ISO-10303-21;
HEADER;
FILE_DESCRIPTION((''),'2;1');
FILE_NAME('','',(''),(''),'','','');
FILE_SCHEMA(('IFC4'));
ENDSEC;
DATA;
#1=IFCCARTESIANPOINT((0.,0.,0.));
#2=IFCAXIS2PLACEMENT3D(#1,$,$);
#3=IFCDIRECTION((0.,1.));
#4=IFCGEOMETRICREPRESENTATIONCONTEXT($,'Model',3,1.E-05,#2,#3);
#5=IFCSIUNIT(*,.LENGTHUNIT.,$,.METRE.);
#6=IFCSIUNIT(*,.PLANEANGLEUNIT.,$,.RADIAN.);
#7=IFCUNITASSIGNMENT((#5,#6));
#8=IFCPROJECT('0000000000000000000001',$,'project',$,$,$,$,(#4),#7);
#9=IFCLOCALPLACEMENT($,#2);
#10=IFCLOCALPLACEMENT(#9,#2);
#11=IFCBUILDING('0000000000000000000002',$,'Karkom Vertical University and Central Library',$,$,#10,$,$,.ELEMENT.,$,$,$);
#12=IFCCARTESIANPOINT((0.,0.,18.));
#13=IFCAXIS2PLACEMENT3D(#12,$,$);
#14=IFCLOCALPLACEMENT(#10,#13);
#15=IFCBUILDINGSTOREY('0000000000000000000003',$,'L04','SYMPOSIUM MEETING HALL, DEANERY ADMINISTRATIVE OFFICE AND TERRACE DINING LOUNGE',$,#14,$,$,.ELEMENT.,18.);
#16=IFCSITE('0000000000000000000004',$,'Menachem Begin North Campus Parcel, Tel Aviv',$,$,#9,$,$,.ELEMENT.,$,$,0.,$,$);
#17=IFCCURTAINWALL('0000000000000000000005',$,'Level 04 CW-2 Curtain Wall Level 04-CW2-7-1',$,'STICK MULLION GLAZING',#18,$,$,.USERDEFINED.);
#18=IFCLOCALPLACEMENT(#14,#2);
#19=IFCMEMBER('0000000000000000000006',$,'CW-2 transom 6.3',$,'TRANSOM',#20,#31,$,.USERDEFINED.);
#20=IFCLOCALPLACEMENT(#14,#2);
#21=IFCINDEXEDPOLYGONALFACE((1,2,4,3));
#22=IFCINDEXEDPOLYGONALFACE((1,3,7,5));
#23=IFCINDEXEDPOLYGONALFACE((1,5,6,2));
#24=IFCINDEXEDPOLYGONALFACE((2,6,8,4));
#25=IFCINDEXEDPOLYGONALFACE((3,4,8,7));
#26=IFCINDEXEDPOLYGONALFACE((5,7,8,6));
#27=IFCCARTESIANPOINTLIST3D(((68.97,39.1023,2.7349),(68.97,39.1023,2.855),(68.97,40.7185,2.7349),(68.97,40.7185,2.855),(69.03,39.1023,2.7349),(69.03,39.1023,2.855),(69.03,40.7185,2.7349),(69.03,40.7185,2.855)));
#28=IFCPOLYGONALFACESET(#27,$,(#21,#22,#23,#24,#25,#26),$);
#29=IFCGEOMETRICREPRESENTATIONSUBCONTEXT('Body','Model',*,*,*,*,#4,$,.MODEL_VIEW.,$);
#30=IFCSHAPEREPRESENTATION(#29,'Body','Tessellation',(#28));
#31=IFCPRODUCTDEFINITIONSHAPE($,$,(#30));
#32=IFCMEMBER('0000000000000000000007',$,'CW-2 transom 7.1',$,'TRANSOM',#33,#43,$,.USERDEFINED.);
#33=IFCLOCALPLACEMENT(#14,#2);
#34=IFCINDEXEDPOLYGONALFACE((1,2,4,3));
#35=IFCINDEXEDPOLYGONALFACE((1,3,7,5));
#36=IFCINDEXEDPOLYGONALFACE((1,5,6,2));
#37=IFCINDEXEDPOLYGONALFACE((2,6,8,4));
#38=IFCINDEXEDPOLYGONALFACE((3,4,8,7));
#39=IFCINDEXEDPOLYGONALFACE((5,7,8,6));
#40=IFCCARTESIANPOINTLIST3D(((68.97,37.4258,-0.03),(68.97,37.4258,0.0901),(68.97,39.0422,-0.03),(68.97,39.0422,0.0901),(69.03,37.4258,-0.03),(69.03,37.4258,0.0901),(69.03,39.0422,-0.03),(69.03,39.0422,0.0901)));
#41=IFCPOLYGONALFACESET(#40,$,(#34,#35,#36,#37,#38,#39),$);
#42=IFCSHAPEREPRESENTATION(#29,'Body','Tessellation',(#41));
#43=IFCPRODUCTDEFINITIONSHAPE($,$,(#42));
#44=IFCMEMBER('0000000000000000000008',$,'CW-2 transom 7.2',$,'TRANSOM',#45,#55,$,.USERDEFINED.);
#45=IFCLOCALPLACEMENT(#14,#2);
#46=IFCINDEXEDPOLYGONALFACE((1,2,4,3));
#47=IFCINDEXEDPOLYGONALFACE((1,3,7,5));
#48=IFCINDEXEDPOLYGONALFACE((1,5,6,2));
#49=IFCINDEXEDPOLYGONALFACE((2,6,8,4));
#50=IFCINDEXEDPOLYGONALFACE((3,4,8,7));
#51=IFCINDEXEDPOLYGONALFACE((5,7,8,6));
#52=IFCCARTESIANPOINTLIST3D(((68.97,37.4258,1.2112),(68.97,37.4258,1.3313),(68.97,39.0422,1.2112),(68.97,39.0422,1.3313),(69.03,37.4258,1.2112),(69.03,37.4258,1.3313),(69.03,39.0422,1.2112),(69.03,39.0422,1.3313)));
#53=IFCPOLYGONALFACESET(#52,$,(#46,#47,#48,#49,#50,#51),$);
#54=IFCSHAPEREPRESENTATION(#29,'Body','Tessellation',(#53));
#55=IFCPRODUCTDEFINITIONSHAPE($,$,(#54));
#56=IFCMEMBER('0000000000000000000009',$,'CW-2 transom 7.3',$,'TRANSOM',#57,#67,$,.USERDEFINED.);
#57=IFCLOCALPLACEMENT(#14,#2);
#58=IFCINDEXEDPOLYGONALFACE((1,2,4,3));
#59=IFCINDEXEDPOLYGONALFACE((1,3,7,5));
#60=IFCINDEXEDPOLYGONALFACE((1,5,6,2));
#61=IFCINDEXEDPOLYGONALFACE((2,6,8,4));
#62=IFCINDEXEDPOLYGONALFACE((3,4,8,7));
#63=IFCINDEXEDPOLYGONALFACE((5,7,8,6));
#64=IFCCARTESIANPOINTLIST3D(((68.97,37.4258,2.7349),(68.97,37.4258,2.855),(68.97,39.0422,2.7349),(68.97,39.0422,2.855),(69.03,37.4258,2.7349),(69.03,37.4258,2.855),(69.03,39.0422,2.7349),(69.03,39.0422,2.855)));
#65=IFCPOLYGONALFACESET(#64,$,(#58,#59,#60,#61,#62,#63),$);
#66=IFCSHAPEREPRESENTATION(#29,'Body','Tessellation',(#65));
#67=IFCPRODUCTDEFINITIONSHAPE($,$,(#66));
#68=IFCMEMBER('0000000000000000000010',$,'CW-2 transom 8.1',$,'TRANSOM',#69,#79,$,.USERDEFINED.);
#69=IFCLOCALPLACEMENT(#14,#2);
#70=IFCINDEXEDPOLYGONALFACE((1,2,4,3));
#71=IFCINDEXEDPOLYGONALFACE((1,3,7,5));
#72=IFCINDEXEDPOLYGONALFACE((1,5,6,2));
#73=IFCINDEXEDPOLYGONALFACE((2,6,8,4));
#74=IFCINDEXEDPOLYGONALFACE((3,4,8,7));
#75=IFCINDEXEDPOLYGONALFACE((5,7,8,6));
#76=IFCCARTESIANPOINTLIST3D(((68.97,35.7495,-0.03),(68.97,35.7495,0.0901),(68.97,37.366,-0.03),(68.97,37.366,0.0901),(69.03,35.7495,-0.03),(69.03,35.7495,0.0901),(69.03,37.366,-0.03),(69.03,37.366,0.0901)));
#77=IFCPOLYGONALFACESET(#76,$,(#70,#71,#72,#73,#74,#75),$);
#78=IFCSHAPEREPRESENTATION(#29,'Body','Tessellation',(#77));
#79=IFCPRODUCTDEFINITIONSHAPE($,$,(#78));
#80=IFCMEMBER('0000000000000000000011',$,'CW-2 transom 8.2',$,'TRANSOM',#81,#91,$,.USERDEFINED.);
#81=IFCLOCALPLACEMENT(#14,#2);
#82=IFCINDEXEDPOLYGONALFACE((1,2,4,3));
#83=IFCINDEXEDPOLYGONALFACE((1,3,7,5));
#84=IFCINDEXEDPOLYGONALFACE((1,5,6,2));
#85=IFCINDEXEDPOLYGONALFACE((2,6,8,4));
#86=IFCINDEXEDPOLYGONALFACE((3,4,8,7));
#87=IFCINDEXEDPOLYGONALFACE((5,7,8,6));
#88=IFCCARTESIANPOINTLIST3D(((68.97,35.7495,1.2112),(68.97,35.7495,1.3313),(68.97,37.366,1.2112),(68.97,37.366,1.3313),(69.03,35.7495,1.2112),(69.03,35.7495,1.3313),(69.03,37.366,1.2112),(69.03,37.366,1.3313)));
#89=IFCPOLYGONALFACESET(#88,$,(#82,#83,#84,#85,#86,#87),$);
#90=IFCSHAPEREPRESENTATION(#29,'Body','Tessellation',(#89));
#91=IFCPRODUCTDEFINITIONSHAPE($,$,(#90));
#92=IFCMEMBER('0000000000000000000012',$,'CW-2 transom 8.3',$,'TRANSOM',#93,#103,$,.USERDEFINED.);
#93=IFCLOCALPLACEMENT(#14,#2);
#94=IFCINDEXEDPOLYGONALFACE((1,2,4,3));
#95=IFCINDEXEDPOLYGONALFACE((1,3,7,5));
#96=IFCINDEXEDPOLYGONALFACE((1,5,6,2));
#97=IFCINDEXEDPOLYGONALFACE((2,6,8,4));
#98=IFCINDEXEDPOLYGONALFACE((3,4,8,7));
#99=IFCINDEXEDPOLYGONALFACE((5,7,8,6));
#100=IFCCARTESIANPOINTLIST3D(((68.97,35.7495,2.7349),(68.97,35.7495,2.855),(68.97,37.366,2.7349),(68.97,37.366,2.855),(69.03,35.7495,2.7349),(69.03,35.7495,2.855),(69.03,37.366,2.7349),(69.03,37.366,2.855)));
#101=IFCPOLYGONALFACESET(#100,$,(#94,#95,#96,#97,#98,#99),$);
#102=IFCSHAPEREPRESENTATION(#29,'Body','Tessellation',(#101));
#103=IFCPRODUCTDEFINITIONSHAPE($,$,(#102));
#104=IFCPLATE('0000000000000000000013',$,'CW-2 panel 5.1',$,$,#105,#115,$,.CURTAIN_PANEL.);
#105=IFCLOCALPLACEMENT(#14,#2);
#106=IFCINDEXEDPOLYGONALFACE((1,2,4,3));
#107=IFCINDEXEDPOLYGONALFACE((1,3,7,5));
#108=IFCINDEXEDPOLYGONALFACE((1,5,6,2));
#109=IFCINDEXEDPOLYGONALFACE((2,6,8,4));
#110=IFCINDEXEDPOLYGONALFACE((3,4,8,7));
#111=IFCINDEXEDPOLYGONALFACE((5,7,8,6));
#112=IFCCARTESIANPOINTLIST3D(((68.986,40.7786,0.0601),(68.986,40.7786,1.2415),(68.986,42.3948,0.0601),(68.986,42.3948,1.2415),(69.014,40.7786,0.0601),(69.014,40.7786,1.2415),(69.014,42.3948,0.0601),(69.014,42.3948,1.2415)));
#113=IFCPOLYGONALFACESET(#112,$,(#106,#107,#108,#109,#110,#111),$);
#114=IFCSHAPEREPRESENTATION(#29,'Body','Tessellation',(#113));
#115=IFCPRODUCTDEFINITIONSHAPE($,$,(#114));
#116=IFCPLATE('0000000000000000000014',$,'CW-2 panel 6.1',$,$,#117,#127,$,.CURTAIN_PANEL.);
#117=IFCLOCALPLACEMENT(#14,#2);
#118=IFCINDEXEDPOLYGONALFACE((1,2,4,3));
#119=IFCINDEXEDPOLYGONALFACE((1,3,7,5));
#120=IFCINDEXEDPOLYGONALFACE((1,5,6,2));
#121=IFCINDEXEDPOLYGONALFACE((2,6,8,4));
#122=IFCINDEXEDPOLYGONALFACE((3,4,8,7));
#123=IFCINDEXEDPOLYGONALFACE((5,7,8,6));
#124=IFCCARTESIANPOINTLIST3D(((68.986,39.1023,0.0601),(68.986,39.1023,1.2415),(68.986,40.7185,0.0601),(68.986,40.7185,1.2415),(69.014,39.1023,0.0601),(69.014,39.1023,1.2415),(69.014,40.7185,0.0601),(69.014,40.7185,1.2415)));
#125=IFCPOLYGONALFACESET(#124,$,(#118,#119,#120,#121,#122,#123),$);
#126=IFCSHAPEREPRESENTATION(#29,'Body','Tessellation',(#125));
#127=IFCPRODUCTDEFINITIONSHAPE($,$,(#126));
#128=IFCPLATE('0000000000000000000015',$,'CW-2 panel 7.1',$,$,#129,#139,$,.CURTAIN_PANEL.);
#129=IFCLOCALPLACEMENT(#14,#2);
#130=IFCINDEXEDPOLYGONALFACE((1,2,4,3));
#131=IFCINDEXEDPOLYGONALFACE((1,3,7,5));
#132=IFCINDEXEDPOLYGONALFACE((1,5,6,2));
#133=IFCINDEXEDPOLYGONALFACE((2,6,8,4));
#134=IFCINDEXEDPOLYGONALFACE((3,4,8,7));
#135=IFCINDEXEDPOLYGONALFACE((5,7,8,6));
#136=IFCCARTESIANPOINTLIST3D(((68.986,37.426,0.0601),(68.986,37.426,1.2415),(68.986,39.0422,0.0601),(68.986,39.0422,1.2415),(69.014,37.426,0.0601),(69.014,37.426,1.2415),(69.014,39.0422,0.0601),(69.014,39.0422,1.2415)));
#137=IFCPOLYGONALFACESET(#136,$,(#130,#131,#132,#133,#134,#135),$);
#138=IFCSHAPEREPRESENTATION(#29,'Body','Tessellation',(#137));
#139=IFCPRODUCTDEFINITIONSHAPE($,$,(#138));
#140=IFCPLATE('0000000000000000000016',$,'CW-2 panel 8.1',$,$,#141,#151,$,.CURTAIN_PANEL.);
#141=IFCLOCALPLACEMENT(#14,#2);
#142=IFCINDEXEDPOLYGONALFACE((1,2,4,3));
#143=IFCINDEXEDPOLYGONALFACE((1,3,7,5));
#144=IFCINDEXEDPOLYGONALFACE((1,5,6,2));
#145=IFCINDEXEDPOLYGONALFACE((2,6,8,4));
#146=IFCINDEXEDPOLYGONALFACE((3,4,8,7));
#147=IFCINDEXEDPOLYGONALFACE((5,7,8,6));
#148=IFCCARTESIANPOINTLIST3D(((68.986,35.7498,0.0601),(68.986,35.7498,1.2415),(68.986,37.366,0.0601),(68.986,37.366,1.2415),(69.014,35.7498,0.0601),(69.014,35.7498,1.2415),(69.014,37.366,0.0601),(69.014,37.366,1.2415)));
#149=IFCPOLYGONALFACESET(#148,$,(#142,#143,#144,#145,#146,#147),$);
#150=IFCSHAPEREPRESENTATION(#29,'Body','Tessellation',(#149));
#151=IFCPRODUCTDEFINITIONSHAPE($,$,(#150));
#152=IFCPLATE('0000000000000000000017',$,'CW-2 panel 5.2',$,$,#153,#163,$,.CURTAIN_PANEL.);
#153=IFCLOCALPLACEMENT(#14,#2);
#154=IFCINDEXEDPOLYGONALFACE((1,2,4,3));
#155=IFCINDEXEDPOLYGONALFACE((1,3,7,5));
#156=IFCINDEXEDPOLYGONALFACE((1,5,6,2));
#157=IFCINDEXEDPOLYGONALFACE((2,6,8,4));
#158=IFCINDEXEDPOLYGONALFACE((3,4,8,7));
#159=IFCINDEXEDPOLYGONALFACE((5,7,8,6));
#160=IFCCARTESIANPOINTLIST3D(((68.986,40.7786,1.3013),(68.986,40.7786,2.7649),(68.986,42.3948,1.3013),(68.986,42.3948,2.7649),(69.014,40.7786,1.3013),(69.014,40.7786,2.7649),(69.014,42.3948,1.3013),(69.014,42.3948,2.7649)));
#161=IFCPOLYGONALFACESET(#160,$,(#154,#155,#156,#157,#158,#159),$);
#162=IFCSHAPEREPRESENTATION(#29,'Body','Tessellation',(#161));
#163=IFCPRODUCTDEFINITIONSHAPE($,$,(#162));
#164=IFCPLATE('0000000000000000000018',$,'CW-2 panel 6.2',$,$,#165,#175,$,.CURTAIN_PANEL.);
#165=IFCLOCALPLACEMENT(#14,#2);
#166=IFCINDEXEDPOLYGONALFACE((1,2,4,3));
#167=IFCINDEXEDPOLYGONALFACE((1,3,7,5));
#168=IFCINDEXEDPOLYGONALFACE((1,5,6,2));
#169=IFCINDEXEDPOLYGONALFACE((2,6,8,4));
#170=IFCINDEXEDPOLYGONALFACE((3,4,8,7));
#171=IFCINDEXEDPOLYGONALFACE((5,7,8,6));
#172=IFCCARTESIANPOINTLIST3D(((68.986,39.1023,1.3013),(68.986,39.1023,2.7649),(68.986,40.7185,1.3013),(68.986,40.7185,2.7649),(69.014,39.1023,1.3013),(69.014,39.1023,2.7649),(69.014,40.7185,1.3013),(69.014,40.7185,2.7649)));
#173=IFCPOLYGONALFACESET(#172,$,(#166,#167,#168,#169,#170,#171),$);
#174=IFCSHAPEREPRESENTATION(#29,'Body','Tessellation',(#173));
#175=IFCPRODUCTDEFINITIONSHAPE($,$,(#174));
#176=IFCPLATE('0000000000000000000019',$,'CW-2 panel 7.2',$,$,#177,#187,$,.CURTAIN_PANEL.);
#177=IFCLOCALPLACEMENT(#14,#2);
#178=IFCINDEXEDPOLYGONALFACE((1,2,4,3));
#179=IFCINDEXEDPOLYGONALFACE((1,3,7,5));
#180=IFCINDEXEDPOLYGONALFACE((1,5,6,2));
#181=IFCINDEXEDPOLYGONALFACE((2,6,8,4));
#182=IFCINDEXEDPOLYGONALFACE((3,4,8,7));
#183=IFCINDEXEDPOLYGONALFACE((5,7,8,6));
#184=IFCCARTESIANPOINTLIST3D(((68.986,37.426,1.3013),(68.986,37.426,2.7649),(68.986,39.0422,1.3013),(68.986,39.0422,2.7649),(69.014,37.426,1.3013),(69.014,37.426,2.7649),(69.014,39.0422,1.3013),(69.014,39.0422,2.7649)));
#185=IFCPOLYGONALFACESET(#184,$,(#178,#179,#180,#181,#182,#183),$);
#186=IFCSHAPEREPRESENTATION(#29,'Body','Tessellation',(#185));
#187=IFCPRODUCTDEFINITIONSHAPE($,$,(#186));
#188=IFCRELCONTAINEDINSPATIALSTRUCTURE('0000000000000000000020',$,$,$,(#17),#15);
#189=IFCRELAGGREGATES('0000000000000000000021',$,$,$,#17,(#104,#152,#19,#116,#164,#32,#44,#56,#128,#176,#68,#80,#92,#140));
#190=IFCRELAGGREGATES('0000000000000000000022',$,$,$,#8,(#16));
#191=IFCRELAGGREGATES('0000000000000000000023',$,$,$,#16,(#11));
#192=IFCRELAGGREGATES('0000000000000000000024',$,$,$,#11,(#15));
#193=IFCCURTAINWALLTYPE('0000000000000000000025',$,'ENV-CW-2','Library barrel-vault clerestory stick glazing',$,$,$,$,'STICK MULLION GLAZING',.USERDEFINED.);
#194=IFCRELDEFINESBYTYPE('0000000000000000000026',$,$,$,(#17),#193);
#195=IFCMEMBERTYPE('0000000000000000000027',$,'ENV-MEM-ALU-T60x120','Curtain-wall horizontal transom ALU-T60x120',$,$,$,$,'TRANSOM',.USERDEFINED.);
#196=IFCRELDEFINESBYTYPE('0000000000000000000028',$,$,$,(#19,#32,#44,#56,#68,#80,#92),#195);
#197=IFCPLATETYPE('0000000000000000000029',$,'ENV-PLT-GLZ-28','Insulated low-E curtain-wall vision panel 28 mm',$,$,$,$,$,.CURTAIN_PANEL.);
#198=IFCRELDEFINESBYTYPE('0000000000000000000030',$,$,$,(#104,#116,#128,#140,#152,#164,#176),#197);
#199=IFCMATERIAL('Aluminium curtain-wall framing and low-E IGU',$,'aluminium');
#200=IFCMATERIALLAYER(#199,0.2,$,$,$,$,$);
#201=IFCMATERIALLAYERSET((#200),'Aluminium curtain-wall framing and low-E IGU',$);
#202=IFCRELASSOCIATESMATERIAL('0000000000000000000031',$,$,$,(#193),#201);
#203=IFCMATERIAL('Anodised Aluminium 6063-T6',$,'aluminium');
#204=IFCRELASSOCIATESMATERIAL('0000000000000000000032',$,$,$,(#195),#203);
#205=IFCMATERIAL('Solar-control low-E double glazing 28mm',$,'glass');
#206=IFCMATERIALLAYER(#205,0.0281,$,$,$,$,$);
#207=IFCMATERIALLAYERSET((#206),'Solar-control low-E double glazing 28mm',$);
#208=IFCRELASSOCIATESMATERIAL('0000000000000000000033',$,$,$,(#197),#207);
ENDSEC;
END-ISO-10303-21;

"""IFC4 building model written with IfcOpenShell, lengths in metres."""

from ifc_helpers import new_model, si_unit, direction, frame, origin, origin_with_axes, origin_2d, place, context, subcontext, project, spatial, rectangle, extrude, source, transform, mapped, material, layer, layer_set, material_profile, profile_set, type_object, element, aggregate, save


model = new_model("IFC4")

# Units and contexts
model_context = context("Model", 3, precision=1e-05, world=origin(), true_north=direction((0.0, 1.0)))
body_context = subcontext(model_context, "Body", "Model", "MODEL_VIEW")
ifc_project = project(units=[si_unit("LENGTHUNIT", "METRE"), si_unit("PLANEANGLEUNIT", "RADIAN")], contexts=[model_context])

# Site, building, storey
site_placement = place(None, origin())
site = spatial("IfcSite", under=ifc_project, at=site_placement, Name="Menachem Begin North Campus Parcel, Tel Aviv", CompositionType="ELEMENT", RefElevation=0.0)
building_placement = place(site_placement, origin())
building = spatial("IfcBuilding", under=site, at=building_placement, Name="Karkom Vertical University and Central Library", CompositionType="ELEMENT")
storey_placement = place(building_placement, frame((0.0, 0.0, 18.0)))
storey = spatial("IfcBuildingStorey", under=building, at=storey_placement, Name="L04", Description="SYMPOSIUM MEETING HALL, DEANERY ADMINISTRATIVE OFFICE AND TERRACE DINING LOUNGE", CompositionType="ELEMENT", Elevation=18.0)

# Curtain wall, members, plates
ifc_material_1 = material(Name="Aluminium curtain-wall framing and low-E IGU", Category="aluminium")
ifc_layer_1 = layer(ifc_material_1, 0.2)
ifc_layer_set_1 = layer_set([ifc_layer_1], Name="Aluminium curtain-wall framing and low-E IGU")
curtain_wall_type = type_object("IfcCurtainWallType", Name="ENV-CW-2", Description="Library barrel-vault clerestory stick glazing", ElementType="STICK MULLION GLAZING", PredefinedType="USERDEFINED", material=ifc_layer_set_1)
curtain_wall_placement = place(storey_placement, origin())
curtain_wall = element("IfcCurtainWall", 1, at=curtain_wall_placement, inside=storey, type_object=curtain_wall_type, Name="Level 04 CW-2 Curtain Wall Level 04-CW2-7-1", ObjectType="STICK MULLION GLAZING", PredefinedType="USERDEFINED")
ifc_material_2 = material(Name="Anodised Aluminium 6063-T6", Category="aluminium")
ifc_material_profile_1 = material_profile(ifc_material_2, rectangle(XDim=0.0601, YDim=0.1201, at=origin_2d()), Name="ALU-T60x120")
ifc_profile_set_1 = profile_set([ifc_material_profile_1], Name="Anodised Aluminium 6063-T6")
member_type = type_object("IfcMemberType", Name="ENV-MEM-ALU-T60x120", Description="Curtain-wall horizontal transom ALU-T60x120", ElementType="TRANSOM", PredefinedType="USERDEFINED", material=ifc_profile_set_1)
shared_shape_1 = source(origin_with_axes(), body_context, "Body", "SweptSolid", [
    extrude(rectangle(XDim=0.0601, YDim=0.1201, at=origin_2d()), origin(), (0.0, 0.0, 1.0), 1.6162),
])
member_1_placement = place(storey_placement, frame((69.0, 40.7185, 2.7949), z_axis=(0.0, -1.0, 0.0), x_axis=(1.0, 0.0, 0.0)))
member_1 = element("IfcMember", 2, at=member_1_placement, type_object=member_type, Name="CW-2 transom 6.3", ObjectType="TRANSOM", PredefinedType="USERDEFINED", context=body_context, shape_type="MappedRepresentation", body=[
    mapped(shared_shape_1, transform((0.0, 0.0, 0.0), scale=1.0)),
])
shared_shape_2 = source(origin_with_axes(), body_context, "Body", "SweptSolid", [
    extrude(rectangle(XDim=0.0601, YDim=0.1201, at=origin_2d()), origin(), (0.0, 0.0, 1.0), 1.6165),
])
member_2_placement = place(storey_placement, frame((69.0, 39.0422, 0.03), z_axis=(0.0, -1.0, 0.0), x_axis=(1.0, 0.0, 0.0)))
member_2 = element("IfcMember", 3, at=member_2_placement, type_object=member_type, Name="CW-2 transom 7.1", ObjectType="TRANSOM", PredefinedType="USERDEFINED", context=body_context, shape_type="MappedRepresentation", body=[
    mapped(shared_shape_2, transform((0.0, 0.0, 0.0), scale=1.0)),
])
member_3_placement = place(storey_placement, frame((69.0, 39.0422, 1.2712), z_axis=(0.0, -1.0, 0.0), x_axis=(1.0, 0.0, 0.0)))
member_3 = element("IfcMember", 4, at=member_3_placement, type_object=member_type, Name="CW-2 transom 7.2", ObjectType="TRANSOM", PredefinedType="USERDEFINED", context=body_context, shape_type="MappedRepresentation", body=[
    mapped(shared_shape_2, transform((0.0, 0.0, 0.0), scale=1.0)),
])
member_4_placement = place(storey_placement, frame((69.0, 39.0422, 2.7949), z_axis=(0.0, -1.0, 0.0), x_axis=(1.0, 0.0, 0.0)))
member_4 = element("IfcMember", 5, at=member_4_placement, type_object=member_type, Name="CW-2 transom 7.3", ObjectType="TRANSOM", PredefinedType="USERDEFINED", context=body_context, shape_type="MappedRepresentation", body=[
    mapped(shared_shape_2, transform((0.0, 0.0, 0.0), scale=1.0)),
])
member_5_placement = place(storey_placement, frame((69.0, 37.366, 0.03), z_axis=(0.0, -1.0, 0.0), x_axis=(1.0, 0.0, 0.0)))
member_5 = element("IfcMember", 6, at=member_5_placement, type_object=member_type, Name="CW-2 transom 8.1", ObjectType="TRANSOM", PredefinedType="USERDEFINED", context=body_context, shape_type="MappedRepresentation", body=[
    mapped(shared_shape_2, transform((0.0, 0.0, 0.0), scale=1.0)),
])
member_6_placement = place(storey_placement, frame((69.0, 37.366, 1.2712), z_axis=(0.0, -1.0, 0.0), x_axis=(1.0, 0.0, 0.0)))
member_6 = element("IfcMember", 7, at=member_6_placement, type_object=member_type, Name="CW-2 transom 8.2", ObjectType="TRANSOM", PredefinedType="USERDEFINED", context=body_context, shape_type="MappedRepresentation", body=[
    mapped(shared_shape_2, transform((0.0, 0.0, 0.0), scale=1.0)),
])
member_7_placement = place(storey_placement, frame((69.0, 37.366, 2.7949), z_axis=(0.0, -1.0, 0.0), x_axis=(1.0, 0.0, 0.0)))
member_7 = element("IfcMember", 8, at=member_7_placement, type_object=member_type, Name="CW-2 transom 8.3", ObjectType="TRANSOM", PredefinedType="USERDEFINED", context=body_context, shape_type="MappedRepresentation", body=[
    mapped(shared_shape_2, transform((0.0, 0.0, 0.0), scale=1.0)),
])
ifc_material_3 = material(Name="Solar-control low-E double glazing 28mm", Category="glass")
ifc_layer_2 = layer(ifc_material_3, 0.0281)
ifc_layer_set_2 = layer_set([ifc_layer_2], Name="Solar-control low-E double glazing 28mm")
plate_type = type_object("IfcPlateType", Name="ENV-PLT-GLZ-28", Description="Insulated low-E curtain-wall vision panel 28 mm", PredefinedType="CURTAIN_PANEL", material=ifc_layer_set_2)
shared_shape_3 = source(origin_with_axes(), body_context, "Body", "SweptSolid", [
    extrude(rectangle(XDim=1.6162, YDim=0.0281, at=origin_2d()), origin(), (0.0, 0.0, 1.0), 1.1814),
])
plate_1_placement = place(storey_placement, frame((69.0, 41.5867, 0.0601), z_axis=(0.0, 0.0, 1.0), x_axis=(0.0, -1.0, 0.0)))
plate_1 = element("IfcPlate", 9, at=plate_1_placement, type_object=plate_type, Name="CW-2 panel 5.1", PredefinedType="CURTAIN_PANEL", context=body_context, shape_type="MappedRepresentation", body=[
    mapped(shared_shape_3, transform((0.0, 0.0, 0.0), scale=1.0)),
])
plate_2_placement = place(storey_placement, frame((69.0, 39.9104, 0.0601), z_axis=(0.0, 0.0, 1.0), x_axis=(0.0, -1.0, 0.0)))
plate_2 = element("IfcPlate", 10, at=plate_2_placement, type_object=plate_type, Name="CW-2 panel 6.1", PredefinedType="CURTAIN_PANEL", context=body_context, shape_type="MappedRepresentation", body=[
    mapped(shared_shape_3, transform((0.0, 0.0, 0.0), scale=1.0)),
])
plate_3_placement = place(storey_placement, frame((69.0, 38.2341, 0.0601), z_axis=(0.0, 0.0, 1.0), x_axis=(0.0, -1.0, 0.0)))
plate_3 = element("IfcPlate", 11, at=plate_3_placement, type_object=plate_type, Name="CW-2 panel 7.1", PredefinedType="CURTAIN_PANEL", context=body_context, shape_type="MappedRepresentation", body=[
    mapped(shared_shape_3, transform((0.0, 0.0, 0.0), scale=1.0)),
])
plate_4_placement = place(storey_placement, frame((69.0, 36.5579, 0.0601), z_axis=(0.0, 0.0, 1.0), x_axis=(0.0, -1.0, 0.0)))
plate_4 = element("IfcPlate", 12, at=plate_4_placement, type_object=plate_type, Name="CW-2 panel 8.1", PredefinedType="CURTAIN_PANEL", context=body_context, shape_type="MappedRepresentation", body=[
    mapped(shared_shape_3, transform((0.0, 0.0, 0.0), scale=1.0)),
])
shared_shape_4 = source(origin_with_axes(), body_context, "Body", "SweptSolid", [
    extrude(rectangle(XDim=1.6162, YDim=0.0281, at=origin_2d()), origin(), (0.0, 0.0, 1.0), 1.4636),
])
plate_5_placement = place(storey_placement, frame((69.0, 41.5867, 1.3013), z_axis=(0.0, 0.0, 1.0), x_axis=(0.0, -1.0, 0.0)))
plate_5 = element("IfcPlate", 13, at=plate_5_placement, type_object=plate_type, Name="CW-2 panel 5.2", PredefinedType="CURTAIN_PANEL", context=body_context, shape_type="MappedRepresentation", body=[
    mapped(shared_shape_4, transform((0.0, 0.0, 0.0), scale=1.0)),
])
plate_6_placement = place(storey_placement, frame((69.0, 39.9104, 1.3013), z_axis=(0.0, 0.0, 1.0), x_axis=(0.0, -1.0, 0.0)))
plate_6 = element("IfcPlate", 14, at=plate_6_placement, type_object=plate_type, Name="CW-2 panel 6.2", PredefinedType="CURTAIN_PANEL", context=body_context, shape_type="MappedRepresentation", body=[
    mapped(shared_shape_4, transform((0.0, 0.0, 0.0), scale=1.0)),
])
plate_7_placement = place(storey_placement, frame((69.0, 38.2341, 1.3013), z_axis=(0.0, 0.0, 1.0), x_axis=(0.0, -1.0, 0.0)))
plate_7 = element("IfcPlate", 15, at=plate_7_placement, type_object=plate_type, Name="CW-2 panel 7.2", PredefinedType="CURTAIN_PANEL", context=body_context, shape_type="MappedRepresentation", body=[
    mapped(shared_shape_4, transform((0.0, 0.0, 0.0), scale=1.0)),
])
aggregate(curtain_wall, [plate_1, plate_5, member_1, plate_2, plate_6, member_2, member_3, member_4, plate_3, plate_7, member_5, member_6, member_7, plate_4])

save(model, "model.ifc")
